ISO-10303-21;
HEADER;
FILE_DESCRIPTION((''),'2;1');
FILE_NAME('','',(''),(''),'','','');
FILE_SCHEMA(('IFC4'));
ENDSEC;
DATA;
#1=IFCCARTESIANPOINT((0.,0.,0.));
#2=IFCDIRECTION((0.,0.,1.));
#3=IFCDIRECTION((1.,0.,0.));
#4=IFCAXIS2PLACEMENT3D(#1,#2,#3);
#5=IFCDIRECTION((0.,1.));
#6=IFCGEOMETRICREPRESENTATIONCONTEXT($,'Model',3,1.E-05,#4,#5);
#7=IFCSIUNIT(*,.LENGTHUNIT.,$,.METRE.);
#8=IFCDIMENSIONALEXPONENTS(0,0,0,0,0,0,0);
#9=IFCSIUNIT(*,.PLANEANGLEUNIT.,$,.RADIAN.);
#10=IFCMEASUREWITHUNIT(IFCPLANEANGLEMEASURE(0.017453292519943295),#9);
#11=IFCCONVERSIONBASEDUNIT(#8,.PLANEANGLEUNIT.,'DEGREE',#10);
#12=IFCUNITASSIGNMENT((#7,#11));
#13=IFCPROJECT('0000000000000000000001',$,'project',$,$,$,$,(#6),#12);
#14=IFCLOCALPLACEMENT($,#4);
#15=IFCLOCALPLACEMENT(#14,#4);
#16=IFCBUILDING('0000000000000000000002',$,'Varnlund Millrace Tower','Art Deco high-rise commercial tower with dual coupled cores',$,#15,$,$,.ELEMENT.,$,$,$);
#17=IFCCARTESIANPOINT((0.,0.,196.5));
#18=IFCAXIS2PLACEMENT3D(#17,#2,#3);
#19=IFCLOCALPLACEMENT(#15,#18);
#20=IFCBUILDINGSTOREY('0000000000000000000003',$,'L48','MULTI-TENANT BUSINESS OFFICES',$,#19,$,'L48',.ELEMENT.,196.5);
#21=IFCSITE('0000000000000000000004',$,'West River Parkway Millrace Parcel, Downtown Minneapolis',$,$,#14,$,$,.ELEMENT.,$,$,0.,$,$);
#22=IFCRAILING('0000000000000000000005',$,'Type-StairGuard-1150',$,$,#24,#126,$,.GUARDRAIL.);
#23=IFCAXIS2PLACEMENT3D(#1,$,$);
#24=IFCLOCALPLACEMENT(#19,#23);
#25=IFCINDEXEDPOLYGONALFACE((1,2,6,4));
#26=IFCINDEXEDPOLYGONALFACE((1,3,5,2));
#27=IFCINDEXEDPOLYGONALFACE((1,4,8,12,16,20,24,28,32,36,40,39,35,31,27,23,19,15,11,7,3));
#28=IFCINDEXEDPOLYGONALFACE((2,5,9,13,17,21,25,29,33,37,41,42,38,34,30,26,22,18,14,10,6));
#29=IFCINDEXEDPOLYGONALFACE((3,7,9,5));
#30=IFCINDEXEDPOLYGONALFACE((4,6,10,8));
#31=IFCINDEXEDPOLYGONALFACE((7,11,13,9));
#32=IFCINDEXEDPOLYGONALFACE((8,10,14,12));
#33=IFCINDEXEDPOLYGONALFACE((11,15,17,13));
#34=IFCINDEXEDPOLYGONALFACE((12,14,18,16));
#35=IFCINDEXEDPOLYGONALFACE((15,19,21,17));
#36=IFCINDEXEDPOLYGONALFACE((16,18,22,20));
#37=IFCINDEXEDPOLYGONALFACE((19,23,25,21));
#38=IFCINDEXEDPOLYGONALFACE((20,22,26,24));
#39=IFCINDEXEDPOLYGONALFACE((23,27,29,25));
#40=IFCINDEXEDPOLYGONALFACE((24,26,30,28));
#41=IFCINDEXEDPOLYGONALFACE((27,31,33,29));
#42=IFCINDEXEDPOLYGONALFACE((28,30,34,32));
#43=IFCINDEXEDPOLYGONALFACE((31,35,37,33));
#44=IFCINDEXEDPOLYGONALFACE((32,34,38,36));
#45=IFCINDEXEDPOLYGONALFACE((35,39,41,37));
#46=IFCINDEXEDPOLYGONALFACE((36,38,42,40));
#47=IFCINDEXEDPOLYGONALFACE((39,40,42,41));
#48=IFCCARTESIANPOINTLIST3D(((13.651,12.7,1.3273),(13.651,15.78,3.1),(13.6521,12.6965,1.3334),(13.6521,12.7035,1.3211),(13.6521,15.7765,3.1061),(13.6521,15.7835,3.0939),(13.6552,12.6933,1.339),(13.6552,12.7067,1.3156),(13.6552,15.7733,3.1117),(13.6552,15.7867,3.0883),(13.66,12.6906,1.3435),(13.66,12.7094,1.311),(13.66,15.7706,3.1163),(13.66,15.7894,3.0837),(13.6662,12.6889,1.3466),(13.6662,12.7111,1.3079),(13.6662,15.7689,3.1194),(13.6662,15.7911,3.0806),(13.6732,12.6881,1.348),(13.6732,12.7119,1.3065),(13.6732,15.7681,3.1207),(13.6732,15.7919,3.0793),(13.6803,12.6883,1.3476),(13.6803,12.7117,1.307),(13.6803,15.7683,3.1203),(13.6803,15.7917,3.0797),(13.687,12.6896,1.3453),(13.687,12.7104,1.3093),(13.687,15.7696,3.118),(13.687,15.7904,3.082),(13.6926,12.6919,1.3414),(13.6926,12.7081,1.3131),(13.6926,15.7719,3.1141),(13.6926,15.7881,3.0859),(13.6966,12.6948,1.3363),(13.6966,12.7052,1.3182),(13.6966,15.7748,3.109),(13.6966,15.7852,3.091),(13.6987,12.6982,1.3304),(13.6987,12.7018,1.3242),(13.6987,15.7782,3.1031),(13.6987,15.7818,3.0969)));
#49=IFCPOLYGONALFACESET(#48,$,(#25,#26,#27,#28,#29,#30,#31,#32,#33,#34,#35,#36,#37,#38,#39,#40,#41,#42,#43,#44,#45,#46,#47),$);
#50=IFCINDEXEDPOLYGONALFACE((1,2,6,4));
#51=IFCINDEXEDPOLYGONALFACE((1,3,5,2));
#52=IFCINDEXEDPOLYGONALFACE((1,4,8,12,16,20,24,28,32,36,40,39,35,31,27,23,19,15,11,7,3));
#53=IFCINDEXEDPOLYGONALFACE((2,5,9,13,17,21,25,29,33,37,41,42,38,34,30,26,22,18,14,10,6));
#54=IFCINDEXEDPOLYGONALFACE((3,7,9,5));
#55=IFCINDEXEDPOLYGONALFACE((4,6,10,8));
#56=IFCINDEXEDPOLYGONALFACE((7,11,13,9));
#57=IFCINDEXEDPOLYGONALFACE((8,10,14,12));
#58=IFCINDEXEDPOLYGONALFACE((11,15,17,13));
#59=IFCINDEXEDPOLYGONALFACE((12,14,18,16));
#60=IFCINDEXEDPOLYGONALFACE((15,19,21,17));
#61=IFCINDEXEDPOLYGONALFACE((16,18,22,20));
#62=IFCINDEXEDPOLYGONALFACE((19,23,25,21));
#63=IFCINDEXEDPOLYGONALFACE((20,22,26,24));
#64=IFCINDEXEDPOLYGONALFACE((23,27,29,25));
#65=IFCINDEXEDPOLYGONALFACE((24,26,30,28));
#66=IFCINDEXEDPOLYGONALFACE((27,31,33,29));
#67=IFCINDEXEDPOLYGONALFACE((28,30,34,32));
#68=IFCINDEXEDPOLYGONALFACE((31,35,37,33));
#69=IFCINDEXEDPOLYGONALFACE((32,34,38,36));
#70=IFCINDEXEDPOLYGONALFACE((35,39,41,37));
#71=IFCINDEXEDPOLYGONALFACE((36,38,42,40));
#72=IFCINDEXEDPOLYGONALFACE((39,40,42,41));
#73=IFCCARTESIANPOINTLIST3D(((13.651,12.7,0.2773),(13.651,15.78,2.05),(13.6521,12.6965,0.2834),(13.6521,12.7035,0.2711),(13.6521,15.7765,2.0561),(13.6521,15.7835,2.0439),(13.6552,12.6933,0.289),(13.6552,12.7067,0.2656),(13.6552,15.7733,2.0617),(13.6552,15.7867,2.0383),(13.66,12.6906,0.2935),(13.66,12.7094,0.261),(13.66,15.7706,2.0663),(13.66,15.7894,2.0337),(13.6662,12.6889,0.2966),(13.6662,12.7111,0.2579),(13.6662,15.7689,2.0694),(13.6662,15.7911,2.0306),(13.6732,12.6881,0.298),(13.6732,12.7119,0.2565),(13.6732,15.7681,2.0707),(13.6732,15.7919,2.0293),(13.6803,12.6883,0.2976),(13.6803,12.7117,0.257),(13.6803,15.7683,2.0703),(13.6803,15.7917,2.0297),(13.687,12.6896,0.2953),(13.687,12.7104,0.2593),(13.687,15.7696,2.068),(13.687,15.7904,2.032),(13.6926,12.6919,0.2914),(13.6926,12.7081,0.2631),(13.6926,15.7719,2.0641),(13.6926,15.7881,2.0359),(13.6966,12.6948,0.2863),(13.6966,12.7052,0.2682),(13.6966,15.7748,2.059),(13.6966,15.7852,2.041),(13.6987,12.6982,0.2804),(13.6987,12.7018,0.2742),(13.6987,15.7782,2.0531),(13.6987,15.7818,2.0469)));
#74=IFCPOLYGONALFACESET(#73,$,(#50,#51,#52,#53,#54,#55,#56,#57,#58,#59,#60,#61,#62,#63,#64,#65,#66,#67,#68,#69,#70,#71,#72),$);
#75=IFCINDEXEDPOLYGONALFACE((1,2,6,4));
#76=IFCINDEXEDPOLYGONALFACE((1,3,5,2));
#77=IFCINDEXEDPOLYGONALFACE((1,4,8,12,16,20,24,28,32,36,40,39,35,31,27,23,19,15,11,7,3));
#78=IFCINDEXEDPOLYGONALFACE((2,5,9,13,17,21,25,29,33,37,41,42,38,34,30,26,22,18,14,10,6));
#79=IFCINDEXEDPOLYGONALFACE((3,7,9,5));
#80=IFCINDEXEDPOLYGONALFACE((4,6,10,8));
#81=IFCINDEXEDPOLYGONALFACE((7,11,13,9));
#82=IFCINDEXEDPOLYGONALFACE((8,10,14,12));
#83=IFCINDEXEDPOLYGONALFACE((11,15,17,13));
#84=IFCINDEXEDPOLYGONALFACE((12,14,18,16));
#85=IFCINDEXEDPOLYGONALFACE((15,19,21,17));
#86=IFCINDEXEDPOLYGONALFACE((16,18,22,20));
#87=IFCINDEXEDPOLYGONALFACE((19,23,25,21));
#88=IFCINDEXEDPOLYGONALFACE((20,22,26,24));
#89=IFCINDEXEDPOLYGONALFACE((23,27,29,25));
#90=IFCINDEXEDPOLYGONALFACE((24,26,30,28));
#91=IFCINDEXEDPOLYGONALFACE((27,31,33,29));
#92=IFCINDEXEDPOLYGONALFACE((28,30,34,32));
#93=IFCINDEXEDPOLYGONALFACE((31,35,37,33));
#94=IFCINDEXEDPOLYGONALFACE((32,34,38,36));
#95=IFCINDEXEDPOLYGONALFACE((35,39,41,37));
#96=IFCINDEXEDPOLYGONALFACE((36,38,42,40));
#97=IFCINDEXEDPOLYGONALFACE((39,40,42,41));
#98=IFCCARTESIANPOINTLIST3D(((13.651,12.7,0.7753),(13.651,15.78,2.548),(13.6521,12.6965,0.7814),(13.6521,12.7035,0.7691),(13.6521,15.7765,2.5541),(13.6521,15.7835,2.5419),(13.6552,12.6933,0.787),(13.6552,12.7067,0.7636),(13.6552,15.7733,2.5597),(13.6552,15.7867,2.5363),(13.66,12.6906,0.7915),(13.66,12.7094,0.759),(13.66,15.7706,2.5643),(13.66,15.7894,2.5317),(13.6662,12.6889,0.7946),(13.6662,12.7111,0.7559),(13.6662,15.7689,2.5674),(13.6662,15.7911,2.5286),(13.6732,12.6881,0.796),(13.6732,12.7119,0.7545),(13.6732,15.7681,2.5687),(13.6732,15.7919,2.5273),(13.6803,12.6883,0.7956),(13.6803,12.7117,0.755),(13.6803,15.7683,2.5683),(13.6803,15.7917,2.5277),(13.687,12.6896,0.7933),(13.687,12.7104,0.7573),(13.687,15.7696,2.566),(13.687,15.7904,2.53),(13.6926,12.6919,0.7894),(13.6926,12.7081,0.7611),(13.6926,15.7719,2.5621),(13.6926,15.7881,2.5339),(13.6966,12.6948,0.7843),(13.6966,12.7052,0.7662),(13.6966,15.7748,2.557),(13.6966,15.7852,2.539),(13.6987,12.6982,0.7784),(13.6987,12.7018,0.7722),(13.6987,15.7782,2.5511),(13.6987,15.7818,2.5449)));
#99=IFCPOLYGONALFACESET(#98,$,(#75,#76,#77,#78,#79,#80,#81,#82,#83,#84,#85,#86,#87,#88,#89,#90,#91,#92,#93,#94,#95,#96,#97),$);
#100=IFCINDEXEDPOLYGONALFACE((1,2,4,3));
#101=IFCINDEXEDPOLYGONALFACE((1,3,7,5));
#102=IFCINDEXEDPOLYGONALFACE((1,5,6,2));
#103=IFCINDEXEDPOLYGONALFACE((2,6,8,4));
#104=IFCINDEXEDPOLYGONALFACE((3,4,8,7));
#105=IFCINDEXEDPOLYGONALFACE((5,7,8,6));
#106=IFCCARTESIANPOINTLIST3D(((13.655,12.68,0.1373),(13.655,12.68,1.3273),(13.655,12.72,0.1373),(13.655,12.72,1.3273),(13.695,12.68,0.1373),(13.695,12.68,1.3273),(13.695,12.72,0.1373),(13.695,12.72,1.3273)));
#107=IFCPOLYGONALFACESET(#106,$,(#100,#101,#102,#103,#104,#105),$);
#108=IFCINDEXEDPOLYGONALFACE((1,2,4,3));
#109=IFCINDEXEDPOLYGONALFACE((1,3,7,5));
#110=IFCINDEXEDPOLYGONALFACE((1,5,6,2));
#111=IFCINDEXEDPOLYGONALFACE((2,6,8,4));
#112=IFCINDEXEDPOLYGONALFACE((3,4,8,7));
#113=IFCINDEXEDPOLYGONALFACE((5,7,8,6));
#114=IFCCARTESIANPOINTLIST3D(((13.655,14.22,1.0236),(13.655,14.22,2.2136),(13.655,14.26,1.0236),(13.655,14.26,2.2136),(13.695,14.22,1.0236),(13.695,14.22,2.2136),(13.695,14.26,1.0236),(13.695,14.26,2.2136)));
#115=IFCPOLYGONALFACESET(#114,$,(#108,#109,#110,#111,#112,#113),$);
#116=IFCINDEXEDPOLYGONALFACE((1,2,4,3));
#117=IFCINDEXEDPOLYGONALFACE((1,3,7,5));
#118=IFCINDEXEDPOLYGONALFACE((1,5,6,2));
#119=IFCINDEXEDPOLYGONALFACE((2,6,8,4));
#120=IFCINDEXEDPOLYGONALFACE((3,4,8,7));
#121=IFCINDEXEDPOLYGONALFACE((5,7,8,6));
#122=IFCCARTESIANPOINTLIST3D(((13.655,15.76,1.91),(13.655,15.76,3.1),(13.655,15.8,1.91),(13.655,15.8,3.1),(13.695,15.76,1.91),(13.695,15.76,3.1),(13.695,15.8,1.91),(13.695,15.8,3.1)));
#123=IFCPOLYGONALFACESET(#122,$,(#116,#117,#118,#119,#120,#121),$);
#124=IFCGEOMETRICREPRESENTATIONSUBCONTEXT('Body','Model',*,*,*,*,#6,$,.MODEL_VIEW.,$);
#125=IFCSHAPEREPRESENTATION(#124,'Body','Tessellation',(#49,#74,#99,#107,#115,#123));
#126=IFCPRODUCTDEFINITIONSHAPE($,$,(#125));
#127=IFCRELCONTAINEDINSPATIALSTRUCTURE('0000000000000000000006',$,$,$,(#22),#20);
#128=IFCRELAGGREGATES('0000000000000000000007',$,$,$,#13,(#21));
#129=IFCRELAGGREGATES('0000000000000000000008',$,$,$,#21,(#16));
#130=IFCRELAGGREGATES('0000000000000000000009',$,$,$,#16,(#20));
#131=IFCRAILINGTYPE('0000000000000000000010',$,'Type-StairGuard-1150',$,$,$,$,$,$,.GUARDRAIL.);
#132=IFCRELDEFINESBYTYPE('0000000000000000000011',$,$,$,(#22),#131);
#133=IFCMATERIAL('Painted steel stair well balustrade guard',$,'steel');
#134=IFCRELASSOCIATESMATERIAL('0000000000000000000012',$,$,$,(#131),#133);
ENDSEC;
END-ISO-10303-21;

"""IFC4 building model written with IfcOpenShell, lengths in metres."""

from ifc_helpers import new_model, entity, si_unit, converted_unit, direction, frame, origin_with_axes, origin_2d_with_axis, place, context, subcontext, project, spatial, rectangle, circle, extrude, material, type_object, element, save


model = new_model("IFC4")

# Units and contexts
model_context = context("Model", 3, precision=1e-05, world=origin_with_axes(), true_north=direction((0.0, 1.0)))
body_context = subcontext(model_context, "Body", "Model", "MODEL_VIEW")
ifc_project = project(units=[si_unit("LENGTHUNIT", "METRE"), converted_unit("PLANEANGLEUNIT", "DEGREE", entity("IfcPlaneAngleMeasure", 0.017453292519943295), si_unit("PLANEANGLEUNIT", "RADIAN"), dimensions=[0, 0, 0, 0, 0, 0, 0])], contexts=[model_context])

# Site, building, storey
site_placement = place(None, origin_with_axes())
site = spatial("IfcSite", under=ifc_project, at=site_placement, Name="West River Parkway Millrace Parcel, Downtown Minneapolis", CompositionType="ELEMENT", RefElevation=0.0)
building_placement = place(site_placement, origin_with_axes())
building = spatial("IfcBuilding", under=site, at=building_placement, Name="Varnlund Millrace Tower", Description="Art Deco high-rise commercial tower with dual coupled cores", CompositionType="ELEMENT")
storey_placement = place(building_placement, frame((0.0, 0.0, 196.5), z_axis=(0.0, 0.0, 1.0), x_axis=(1.0, 0.0, 0.0)))
storey = spatial("IfcBuildingStorey", under=building, at=storey_placement, Name="L48", Description="MULTI-TENANT BUSINESS OFFICES", LongName="L48", CompositionType="ELEMENT", Elevation=196.5)

# Railing
ifc_material_1 = material(Name="Painted steel stair well balustrade guard", Category="steel")
railing_type_1 = type_object("IfcRailingType", Name="Type-StairGuard-1150", PredefinedType="GUARDRAIL", material=ifc_material_1)
railing_1_placement = place(storey_placement, frame((0.0, 0.0, -196.5), z_axis=(0.0, 0.0, 1.0), x_axis=(1.0, 0.0, 0.0)))
element("IfcRailing", 1, at=railing_1_placement, inside=storey, type_object=railing_type_1, Name="Type-StairGuard-1150", PredefinedType="GUARDRAIL", context=body_context, shape_type="SweptSolid", body=[
    extrude(circle(Radius=0.024, at=origin_2d_with_axis()), frame((13.675, 12.7, 197.8273), z_axis=(0.0, 0.866696, 0.498836), x_axis=(-1.0, 0.0, 0.0)), (0.0, 0.0, 1.0), 3.5537),
    extrude(circle(Radius=0.024, at=origin_2d_with_axis()), frame((13.675, 12.7, 196.7773), z_axis=(0.0, 0.866696, 0.498836), x_axis=(-1.0, 0.0, 0.0)), (0.0, 0.0, 1.0), 3.5537),
    extrude(circle(Radius=0.024, at=origin_2d_with_axis()), frame((13.675, 12.7, 197.2753), z_axis=(0.0, 0.866696, 0.498836), x_axis=(-1.0, 0.0, 0.0)), (0.0, 0.0, 1.0), 3.5537),
    extrude(rectangle(XDim=0.04, YDim=0.04, at=origin_2d_with_axis()), frame((13.675, 12.7, 196.6373), z_axis=(0.0, 0.0, 1.0), x_axis=(1.0, 0.0, 0.0)), (0.0, 0.0, 1.0), 1.19),
    extrude(rectangle(XDim=0.04, YDim=0.04, at=origin_2d_with_axis()), frame((13.675, 14.24, 197.5236), z_axis=(0.0, 0.0, 1.0), x_axis=(1.0, 0.0, 0.0)), (0.0, 0.0, 1.0), 1.19),
    extrude(rectangle(XDim=0.04, YDim=0.04, at=origin_2d_with_axis()), frame((13.675, 15.78, 198.41), z_axis=(0.0, 0.0, 1.0), x_axis=(1.0, 0.0, 0.0)), (0.0, 0.0, 1.0), 1.19),
])

save(model, "model.ifc")
